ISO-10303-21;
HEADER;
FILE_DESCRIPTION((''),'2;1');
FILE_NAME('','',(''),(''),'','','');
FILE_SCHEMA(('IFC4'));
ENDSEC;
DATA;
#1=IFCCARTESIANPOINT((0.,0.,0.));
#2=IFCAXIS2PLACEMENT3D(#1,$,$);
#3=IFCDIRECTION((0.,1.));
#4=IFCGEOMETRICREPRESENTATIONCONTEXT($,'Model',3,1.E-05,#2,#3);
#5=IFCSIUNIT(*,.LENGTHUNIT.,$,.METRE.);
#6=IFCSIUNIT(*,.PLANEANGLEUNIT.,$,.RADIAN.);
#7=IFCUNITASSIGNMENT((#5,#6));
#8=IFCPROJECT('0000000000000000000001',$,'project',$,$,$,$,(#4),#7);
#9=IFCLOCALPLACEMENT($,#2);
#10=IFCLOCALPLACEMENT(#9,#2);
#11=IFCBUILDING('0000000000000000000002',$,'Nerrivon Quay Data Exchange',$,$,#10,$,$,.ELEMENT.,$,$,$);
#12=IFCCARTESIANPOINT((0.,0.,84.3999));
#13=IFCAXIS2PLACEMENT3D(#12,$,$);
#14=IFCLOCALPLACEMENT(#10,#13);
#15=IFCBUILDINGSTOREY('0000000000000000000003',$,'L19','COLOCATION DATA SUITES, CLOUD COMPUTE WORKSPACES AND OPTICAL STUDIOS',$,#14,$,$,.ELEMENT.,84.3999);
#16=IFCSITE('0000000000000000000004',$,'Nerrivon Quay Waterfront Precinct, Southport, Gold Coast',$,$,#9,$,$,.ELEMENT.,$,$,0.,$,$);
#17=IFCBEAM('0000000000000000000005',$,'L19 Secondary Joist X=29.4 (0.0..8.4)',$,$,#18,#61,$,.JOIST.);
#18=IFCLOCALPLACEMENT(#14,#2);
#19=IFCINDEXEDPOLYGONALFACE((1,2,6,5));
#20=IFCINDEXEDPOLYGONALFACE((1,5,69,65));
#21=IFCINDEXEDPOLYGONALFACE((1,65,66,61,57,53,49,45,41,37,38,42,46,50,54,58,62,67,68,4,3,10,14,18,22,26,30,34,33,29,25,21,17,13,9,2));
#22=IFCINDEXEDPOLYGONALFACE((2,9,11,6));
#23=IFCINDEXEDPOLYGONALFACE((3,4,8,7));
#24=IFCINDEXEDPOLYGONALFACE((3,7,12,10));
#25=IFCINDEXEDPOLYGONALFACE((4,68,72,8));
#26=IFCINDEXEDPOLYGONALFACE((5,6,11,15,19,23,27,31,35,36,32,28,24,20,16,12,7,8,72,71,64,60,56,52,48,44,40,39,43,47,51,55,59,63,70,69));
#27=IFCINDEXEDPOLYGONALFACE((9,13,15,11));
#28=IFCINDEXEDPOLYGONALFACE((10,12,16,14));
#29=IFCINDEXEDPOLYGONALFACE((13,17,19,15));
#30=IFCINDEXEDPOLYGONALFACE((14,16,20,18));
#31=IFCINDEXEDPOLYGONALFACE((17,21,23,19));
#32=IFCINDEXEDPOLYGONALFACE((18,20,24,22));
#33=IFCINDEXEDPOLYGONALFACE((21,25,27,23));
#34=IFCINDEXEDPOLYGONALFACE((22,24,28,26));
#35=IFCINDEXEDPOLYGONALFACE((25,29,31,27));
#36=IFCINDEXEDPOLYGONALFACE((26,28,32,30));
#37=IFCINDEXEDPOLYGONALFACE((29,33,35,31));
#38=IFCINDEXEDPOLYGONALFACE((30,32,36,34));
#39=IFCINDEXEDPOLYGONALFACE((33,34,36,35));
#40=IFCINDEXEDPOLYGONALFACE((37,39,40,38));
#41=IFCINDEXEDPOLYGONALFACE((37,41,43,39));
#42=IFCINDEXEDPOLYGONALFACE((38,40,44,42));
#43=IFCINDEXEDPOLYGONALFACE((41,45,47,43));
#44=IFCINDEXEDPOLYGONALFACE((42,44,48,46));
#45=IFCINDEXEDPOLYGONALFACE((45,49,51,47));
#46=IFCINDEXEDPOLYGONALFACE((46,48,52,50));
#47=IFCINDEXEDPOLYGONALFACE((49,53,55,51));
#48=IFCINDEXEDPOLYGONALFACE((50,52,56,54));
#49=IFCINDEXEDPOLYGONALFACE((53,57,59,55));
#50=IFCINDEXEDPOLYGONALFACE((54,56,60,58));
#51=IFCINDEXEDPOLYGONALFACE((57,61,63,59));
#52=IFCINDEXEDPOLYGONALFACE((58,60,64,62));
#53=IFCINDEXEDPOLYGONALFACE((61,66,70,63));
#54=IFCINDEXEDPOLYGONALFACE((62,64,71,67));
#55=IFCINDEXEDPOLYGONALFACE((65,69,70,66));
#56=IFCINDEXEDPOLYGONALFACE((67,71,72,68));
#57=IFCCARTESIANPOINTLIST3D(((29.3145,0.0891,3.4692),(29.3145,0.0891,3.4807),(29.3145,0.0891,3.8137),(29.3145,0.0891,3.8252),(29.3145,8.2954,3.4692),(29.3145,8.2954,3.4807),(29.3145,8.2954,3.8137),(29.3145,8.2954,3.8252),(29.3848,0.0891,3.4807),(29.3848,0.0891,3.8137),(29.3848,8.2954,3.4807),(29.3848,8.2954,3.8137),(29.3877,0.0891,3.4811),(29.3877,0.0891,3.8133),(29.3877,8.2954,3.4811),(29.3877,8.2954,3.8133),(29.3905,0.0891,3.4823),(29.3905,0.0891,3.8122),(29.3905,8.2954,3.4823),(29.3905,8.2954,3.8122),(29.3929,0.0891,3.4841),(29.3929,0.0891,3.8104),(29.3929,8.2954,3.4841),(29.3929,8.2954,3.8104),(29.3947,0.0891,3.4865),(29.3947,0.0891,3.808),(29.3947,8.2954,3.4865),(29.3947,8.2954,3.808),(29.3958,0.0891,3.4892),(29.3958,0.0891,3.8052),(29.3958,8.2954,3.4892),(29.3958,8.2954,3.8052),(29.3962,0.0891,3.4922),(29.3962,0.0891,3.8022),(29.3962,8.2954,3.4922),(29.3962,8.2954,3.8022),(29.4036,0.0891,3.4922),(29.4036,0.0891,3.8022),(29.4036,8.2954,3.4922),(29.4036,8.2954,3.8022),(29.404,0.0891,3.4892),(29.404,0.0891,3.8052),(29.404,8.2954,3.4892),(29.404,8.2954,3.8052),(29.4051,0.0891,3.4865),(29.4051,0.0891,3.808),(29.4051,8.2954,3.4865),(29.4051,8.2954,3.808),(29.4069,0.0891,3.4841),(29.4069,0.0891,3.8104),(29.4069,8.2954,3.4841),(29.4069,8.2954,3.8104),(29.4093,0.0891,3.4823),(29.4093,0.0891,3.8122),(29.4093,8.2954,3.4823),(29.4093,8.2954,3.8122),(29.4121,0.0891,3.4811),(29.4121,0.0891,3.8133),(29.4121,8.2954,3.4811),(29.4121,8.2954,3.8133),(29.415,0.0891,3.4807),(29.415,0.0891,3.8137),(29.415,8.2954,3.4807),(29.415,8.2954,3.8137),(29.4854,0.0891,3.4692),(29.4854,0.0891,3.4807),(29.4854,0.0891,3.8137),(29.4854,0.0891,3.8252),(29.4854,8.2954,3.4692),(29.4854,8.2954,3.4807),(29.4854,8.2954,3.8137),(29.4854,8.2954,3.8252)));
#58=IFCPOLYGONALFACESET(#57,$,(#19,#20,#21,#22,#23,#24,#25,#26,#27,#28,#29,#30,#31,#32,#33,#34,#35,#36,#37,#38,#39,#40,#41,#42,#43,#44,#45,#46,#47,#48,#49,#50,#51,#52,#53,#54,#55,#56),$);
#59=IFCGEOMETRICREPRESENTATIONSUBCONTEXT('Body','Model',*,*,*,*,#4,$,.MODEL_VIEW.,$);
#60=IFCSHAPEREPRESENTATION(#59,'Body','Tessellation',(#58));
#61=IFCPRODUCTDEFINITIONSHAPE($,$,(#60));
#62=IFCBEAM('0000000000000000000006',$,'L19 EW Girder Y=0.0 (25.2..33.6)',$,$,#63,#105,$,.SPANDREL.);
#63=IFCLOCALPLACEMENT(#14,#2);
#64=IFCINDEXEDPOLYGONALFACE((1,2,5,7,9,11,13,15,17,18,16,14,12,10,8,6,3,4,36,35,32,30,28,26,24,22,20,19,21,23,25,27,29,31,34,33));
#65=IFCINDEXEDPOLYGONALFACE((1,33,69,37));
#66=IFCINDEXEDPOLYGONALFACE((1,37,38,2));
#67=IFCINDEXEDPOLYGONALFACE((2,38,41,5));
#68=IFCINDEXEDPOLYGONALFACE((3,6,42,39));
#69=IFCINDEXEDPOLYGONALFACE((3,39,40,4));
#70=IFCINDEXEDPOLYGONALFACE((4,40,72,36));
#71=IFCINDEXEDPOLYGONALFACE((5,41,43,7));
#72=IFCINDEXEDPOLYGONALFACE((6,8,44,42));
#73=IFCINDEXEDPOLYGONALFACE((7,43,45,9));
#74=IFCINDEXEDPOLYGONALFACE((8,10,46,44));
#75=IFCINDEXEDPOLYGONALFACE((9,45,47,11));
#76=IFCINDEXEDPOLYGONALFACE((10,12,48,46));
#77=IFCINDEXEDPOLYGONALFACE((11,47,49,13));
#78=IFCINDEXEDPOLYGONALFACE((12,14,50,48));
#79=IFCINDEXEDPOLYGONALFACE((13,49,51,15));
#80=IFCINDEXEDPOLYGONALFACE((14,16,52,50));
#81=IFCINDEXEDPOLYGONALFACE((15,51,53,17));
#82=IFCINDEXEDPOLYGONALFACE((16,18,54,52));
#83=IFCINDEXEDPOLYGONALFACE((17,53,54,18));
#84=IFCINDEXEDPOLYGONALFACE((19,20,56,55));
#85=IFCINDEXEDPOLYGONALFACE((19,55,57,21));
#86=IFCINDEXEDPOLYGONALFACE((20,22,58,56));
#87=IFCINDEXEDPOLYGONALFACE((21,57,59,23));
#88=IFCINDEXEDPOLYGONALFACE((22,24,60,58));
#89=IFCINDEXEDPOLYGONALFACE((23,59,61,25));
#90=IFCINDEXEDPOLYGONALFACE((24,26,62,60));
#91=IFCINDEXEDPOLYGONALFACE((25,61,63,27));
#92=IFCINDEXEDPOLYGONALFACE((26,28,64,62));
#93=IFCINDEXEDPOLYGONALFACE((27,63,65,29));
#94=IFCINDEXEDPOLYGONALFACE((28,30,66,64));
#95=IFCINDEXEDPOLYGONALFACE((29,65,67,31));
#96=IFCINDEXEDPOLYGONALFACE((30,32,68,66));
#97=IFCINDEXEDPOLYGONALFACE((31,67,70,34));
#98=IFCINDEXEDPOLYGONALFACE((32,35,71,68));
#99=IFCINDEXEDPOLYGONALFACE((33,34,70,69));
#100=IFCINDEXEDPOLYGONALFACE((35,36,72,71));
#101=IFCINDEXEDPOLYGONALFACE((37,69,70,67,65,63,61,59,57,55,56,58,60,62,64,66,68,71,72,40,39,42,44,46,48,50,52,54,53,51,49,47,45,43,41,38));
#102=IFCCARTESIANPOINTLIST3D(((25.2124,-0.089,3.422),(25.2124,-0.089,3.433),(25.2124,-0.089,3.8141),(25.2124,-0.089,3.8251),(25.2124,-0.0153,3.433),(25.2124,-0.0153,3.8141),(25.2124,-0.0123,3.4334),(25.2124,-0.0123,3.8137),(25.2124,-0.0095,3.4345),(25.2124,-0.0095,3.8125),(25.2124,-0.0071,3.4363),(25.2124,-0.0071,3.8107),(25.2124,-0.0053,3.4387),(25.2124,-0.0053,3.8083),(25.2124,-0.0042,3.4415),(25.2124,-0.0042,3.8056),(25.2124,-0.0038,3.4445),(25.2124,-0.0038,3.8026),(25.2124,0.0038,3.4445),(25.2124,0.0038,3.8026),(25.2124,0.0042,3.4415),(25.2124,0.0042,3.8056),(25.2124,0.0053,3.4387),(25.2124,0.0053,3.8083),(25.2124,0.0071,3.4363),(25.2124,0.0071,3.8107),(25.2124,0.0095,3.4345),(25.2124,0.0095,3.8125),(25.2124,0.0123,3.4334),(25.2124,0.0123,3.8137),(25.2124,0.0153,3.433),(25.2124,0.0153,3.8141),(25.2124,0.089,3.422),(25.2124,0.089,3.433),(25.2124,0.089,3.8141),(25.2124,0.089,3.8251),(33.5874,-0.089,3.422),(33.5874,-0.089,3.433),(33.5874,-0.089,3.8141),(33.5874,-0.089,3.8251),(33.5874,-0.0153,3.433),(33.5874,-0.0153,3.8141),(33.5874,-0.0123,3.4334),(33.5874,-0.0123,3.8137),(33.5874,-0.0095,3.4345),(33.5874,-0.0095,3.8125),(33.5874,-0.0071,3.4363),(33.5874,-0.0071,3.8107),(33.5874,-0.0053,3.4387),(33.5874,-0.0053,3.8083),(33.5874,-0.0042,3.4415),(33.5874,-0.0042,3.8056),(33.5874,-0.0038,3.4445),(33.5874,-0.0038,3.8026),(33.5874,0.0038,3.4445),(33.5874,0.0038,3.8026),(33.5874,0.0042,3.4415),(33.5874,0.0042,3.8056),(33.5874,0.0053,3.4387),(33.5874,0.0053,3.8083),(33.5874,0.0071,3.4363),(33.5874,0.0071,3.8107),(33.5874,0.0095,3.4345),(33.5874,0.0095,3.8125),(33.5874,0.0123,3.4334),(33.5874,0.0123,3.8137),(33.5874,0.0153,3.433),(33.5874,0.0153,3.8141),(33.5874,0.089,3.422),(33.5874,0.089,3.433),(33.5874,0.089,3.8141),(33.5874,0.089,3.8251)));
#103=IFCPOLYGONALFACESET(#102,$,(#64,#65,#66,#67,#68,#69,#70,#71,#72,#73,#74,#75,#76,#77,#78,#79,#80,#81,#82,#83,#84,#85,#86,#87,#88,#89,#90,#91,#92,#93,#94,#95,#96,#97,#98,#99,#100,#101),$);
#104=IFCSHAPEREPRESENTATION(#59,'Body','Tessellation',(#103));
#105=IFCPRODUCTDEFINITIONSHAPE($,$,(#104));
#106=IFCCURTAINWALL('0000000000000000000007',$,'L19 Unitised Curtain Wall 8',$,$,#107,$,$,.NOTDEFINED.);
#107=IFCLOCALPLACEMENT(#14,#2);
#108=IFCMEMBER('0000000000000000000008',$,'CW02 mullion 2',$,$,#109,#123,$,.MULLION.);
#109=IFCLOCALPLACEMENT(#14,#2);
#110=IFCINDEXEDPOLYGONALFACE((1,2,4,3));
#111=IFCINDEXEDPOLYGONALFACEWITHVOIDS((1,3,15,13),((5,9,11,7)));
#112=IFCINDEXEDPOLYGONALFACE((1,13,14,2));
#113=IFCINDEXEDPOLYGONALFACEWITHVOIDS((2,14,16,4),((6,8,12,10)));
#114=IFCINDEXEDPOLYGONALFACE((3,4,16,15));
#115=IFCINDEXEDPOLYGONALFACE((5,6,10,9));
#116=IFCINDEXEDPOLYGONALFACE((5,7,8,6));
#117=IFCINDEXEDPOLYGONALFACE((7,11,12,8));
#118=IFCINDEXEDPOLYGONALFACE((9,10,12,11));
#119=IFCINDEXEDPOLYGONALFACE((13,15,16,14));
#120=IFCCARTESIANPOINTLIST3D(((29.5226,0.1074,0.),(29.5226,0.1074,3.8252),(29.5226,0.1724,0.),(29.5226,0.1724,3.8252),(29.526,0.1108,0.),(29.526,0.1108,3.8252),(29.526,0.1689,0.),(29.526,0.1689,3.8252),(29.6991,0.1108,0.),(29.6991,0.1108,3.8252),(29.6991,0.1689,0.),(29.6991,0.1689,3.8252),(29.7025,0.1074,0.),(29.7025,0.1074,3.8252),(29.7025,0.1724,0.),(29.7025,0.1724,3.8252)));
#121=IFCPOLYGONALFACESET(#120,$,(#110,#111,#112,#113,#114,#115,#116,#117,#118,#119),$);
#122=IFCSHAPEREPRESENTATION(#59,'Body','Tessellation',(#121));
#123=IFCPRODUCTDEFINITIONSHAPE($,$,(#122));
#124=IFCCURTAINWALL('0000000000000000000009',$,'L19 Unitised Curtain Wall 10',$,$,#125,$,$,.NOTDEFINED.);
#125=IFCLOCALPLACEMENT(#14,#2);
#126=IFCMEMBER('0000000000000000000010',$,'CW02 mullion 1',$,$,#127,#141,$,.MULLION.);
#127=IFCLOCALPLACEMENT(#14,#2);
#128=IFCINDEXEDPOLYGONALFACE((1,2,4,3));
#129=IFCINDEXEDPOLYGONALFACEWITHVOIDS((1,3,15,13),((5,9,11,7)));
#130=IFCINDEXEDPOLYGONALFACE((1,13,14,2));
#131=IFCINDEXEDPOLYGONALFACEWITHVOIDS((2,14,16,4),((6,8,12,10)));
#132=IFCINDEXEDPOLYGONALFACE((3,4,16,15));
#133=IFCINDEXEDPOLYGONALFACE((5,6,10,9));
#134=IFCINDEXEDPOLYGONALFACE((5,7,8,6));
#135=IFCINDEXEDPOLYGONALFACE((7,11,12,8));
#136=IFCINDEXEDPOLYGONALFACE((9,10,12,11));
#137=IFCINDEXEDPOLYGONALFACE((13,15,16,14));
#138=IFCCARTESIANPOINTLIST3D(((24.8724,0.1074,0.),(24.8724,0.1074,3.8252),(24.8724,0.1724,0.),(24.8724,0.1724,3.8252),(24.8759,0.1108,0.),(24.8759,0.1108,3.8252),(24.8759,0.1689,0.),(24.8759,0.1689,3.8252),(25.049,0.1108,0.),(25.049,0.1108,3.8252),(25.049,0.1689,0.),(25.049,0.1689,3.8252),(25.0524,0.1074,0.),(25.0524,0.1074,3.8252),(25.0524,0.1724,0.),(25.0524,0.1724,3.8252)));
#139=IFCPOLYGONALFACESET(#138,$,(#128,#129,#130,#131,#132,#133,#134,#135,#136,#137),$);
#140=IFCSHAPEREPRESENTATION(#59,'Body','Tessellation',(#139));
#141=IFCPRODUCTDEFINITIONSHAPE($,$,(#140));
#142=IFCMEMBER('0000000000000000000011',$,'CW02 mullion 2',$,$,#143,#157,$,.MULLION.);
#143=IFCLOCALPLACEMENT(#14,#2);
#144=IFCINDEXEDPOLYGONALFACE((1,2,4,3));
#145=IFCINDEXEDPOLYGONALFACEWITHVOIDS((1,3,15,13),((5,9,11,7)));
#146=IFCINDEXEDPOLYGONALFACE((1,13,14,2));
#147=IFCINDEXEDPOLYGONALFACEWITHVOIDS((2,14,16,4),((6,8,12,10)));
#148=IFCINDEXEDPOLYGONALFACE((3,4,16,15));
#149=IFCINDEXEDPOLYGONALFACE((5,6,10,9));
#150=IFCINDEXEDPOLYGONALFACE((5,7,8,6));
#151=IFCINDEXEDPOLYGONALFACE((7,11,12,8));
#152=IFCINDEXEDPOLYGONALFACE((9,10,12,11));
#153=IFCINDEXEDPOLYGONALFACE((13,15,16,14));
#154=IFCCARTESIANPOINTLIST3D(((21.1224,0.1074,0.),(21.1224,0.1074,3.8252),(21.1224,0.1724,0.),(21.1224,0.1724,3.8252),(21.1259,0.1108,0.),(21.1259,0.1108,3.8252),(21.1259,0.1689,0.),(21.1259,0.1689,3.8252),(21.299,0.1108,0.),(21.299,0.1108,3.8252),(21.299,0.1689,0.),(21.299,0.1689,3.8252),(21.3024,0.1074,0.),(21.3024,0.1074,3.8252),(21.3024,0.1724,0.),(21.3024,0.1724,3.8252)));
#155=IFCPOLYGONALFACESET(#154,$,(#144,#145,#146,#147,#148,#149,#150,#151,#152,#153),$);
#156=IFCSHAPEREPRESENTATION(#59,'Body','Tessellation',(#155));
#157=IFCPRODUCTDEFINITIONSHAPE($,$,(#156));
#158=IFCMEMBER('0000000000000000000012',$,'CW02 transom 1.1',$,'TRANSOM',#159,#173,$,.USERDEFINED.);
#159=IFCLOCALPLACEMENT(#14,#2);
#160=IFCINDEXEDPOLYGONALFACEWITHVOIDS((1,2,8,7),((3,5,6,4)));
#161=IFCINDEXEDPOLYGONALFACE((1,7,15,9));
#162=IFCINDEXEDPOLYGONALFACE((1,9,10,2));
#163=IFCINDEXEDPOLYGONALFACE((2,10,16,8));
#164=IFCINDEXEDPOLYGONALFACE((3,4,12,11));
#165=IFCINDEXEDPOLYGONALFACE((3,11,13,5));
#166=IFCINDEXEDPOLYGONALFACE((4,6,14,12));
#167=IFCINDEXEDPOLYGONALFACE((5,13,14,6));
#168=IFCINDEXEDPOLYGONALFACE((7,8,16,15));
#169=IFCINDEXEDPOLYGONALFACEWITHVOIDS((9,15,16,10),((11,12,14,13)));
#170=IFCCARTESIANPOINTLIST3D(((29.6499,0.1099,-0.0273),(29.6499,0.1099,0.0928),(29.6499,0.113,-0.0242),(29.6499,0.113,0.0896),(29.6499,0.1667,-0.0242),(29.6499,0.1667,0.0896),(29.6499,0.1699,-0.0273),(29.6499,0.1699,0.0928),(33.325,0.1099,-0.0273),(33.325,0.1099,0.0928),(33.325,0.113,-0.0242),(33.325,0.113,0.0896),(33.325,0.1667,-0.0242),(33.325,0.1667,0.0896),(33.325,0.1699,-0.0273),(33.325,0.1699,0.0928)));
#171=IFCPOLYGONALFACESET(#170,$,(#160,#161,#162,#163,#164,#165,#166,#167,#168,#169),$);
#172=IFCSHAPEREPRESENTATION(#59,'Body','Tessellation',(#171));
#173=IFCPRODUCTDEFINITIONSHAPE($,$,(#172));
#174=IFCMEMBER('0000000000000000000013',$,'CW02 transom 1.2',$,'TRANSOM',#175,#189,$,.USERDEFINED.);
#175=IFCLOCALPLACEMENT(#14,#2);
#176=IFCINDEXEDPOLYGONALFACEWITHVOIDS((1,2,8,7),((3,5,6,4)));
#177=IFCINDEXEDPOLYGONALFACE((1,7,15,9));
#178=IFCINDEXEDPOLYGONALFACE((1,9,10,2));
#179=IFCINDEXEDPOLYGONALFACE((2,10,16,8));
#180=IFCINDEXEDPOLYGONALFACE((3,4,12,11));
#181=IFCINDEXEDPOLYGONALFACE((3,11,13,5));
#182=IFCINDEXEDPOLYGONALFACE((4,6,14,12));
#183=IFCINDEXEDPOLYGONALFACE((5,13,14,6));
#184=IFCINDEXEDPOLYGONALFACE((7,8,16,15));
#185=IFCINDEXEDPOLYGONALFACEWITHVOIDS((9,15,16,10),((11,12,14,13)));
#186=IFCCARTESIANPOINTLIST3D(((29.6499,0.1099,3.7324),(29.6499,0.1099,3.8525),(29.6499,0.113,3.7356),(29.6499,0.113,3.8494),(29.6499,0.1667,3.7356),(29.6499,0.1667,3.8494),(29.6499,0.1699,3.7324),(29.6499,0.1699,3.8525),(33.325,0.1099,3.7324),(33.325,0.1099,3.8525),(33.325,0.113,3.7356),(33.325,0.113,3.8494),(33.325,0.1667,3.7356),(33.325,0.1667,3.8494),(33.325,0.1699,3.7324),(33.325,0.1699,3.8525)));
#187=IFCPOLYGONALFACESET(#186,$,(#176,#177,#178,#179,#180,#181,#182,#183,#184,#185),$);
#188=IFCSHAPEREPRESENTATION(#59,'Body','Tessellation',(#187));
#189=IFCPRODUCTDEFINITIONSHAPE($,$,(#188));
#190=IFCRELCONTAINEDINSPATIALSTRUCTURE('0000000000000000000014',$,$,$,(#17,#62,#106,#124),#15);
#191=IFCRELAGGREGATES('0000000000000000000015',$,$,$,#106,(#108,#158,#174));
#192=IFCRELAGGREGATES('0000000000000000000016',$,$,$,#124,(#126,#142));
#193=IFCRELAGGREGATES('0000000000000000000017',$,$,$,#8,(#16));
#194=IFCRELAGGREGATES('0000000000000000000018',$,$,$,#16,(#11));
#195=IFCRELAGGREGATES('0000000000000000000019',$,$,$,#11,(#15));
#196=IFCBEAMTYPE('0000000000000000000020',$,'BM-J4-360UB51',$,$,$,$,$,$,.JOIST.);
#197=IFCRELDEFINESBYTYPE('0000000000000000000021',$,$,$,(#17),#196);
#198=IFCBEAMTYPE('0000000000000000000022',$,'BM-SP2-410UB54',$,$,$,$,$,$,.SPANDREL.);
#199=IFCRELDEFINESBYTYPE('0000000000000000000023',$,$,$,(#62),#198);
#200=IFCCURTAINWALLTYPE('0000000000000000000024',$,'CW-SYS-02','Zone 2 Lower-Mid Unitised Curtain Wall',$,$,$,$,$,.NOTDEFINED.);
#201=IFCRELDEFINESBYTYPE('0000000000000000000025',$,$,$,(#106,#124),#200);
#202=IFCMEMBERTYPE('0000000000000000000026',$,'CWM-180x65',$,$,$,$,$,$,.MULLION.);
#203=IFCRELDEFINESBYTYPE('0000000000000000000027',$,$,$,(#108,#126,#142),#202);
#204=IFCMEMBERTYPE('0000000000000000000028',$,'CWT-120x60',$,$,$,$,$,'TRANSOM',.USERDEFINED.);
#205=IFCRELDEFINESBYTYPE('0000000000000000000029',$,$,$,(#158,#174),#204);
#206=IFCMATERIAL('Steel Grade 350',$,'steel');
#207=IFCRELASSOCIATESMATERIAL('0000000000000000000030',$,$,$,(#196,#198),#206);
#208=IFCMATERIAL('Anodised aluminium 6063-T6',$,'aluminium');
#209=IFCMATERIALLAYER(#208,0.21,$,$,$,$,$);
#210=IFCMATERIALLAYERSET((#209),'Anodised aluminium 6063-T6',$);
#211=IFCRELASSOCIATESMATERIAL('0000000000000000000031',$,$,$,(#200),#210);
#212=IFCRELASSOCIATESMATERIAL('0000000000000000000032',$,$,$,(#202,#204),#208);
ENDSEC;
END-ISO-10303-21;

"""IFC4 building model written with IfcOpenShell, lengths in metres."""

from ifc_helpers import new_model, si_unit, direction, frame, origin, origin_2d, place, context, subcontext, project, spatial, hollow_rectangle, i_section, extrude, material, layer, layer_set, material_profile, profile_set, type_object, element, aggregate, save


model = new_model("IFC4")

# Units and contexts
model_context = context("Model", 3, precision=1e-05, world=origin(), true_north=direction((0.0, 1.0)))
body_context = subcontext(model_context, "Body", "Model", "MODEL_VIEW")
ifc_project = project(units=[si_unit("LENGTHUNIT", "METRE"), si_unit("PLANEANGLEUNIT", "RADIAN")], contexts=[model_context])

# Site, building, storey
site_placement = place(None, origin())
site = spatial("IfcSite", under=ifc_project, at=site_placement, Name="Nerrivon Quay Waterfront Precinct, Southport, Gold Coast", CompositionType="ELEMENT", RefElevation=0.0)
building_placement = place(site_placement, origin())
building = spatial("IfcBuilding", under=site, at=building_placement, Name="Nerrivon Quay Data Exchange", CompositionType="ELEMENT")
storey_placement = place(building_placement, frame((0.0, 0.0, 84.3999)))
storey = spatial("IfcBuildingStorey", under=building, at=storey_placement, Name="L19", Description="COLOCATION DATA SUITES, CLOUD COMPUTE WORKSPACES AND OPTICAL STUDIOS", CompositionType="ELEMENT", Elevation=84.3999)

# Shared definitions
ifc_material_1 = material(Name="Steel Grade 350", Category="steel")

# Beams
ifc_material_profile_1 = material_profile(ifc_material_1, i_section(OverallWidth=0.1709, OverallDepth=0.356, WebThickness=0.0073, FlangeThickness=0.0115, FilletRadius=0.0115, at=origin_2d()), Name="360UB50.7")
ifc_profile_set_1 = profile_set([ifc_material_profile_1], Name="Steel Grade 350")
beam_type_1 = type_object("IfcBeamType", Name="BM-J4-360UB51", PredefinedType="JOIST", material=ifc_profile_set_1)
for number, where, z_axis, x_axis, name in (
    (1, (29.3999, 0.0891, 3.6472), (0.0, 1.0, 0.0), (-1.0, 0.0, 0.0), "L19 Secondary Joist X=29.4 (0.0..8.4)"),
):
    element("IfcBeam", number, at=place(storey_placement, frame(where, z_axis=z_axis, x_axis=x_axis)), inside=storey, type_object=beam_type_1, Name=name, PredefinedType="JOIST", context=body_context, shape_type="SweptSolid", body=[
        extrude(i_section(OverallWidth=0.1709, OverallDepth=0.356, WebThickness=0.0073, FlangeThickness=0.0115, FilletRadius=0.0115, at=origin_2d()), origin(), (0.0, 0.0, 1.0), 8.2063),
    ])
ifc_material_profile_2 = material_profile(ifc_material_1, i_section(OverallWidth=0.178, OverallDepth=0.4031, WebThickness=0.0076, FlangeThickness=0.011, FilletRadius=0.0115, at=origin_2d()), Name="410UB53.7")
ifc_profile_set_2 = profile_set([ifc_material_profile_2], Name="Steel Grade 350")
beam_type_2 = type_object("IfcBeamType", Name="BM-SP2-410UB54", PredefinedType="SPANDREL", material=ifc_profile_set_2)
beam_1_placement = place(storey_placement, frame((25.2124, 0.0, 3.6235), z_axis=(1.0, 0.0, 0.0), x_axis=(0.0, 1.0, 0.0)))
element("IfcBeam", 2, at=beam_1_placement, inside=storey, type_object=beam_type_2, Name="L19 EW Girder Y=0.0 (25.2..33.6)", PredefinedType="SPANDREL", context=body_context, shape_type="SweptSolid", body=[
    extrude(i_section(OverallWidth=0.178, OverallDepth=0.4031, WebThickness=0.0076, FlangeThickness=0.011, FilletRadius=0.0115, at=origin_2d()), origin(), (0.0, 0.0, 1.0), 8.375),
])

# Curtain wall, member
ifc_material_2 = material(Name="Anodised aluminium 6063-T6", Category="aluminium")
ifc_layer_1 = layer(ifc_material_2, 0.21)
ifc_layer_set_1 = layer_set([ifc_layer_1], Name="Anodised aluminium 6063-T6")
curtain_wall_type = type_object("IfcCurtainWallType", Name="CW-SYS-02", Description="Zone 2 Lower-Mid Unitised Curtain Wall", PredefinedType="NOTDEFINED", material=ifc_layer_set_1)
curtain_wall_1_placement = place(storey_placement, origin())
curtain_wall_1 = element("IfcCurtainWall", 3, at=curtain_wall_1_placement, inside=storey, type_object=curtain_wall_type, Name="L19 Unitised Curtain Wall 8", PredefinedType="NOTDEFINED")
ifc_material_profile_3 = material_profile(ifc_material_2, hollow_rectangle(XDim=0.0649, YDim=0.1799, WallThickness=0.0034, at=origin_2d()), Name="ALU-MULL-180x65")
ifc_profile_set_3 = profile_set([ifc_material_profile_3], Name="Anodised aluminium 6063-T6")
member_type_1 = type_object("IfcMemberType", Name="CWM-180x65", PredefinedType="MULLION", material=ifc_profile_set_3)
member_1_placement = place(storey_placement, frame((29.6125, 0.1399, 0.0), z_axis=(0.0, 0.0, 1.0), x_axis=(0.0, -1.0, 0.0)))
member_1 = element("IfcMember", 4, at=member_1_placement, type_object=member_type_1, Name="CW02 mullion 2", PredefinedType="MULLION", context=body_context, shape_type="SweptSolid", body=[
    extrude(hollow_rectangle(XDim=0.0649, YDim=0.1799, WallThickness=0.0034, at=origin_2d()), origin(), (0.0, 0.0, 1.0), 3.8252),
])

# Curtain wall, members
curtain_wall_2_placement = place(storey_placement, origin())
curtain_wall_2 = element("IfcCurtainWall", 5, at=curtain_wall_2_placement, inside=storey, type_object=curtain_wall_type, Name="L19 Unitised Curtain Wall 10", PredefinedType="NOTDEFINED")
member_2_placement = place(storey_placement, frame((24.9624, 0.1399, 0.0), z_axis=(0.0, 0.0, 1.0), x_axis=(0.0, -1.0, 0.0)))
member_2 = element("IfcMember", 6, at=member_2_placement, type_object=member_type_1, Name="CW02 mullion 1", PredefinedType="MULLION", context=body_context, shape_type="SweptSolid", body=[
    extrude(hollow_rectangle(XDim=0.0649, YDim=0.1799, WallThickness=0.0034, at=origin_2d()), origin(), (0.0, 0.0, 1.0), 3.8252),
])
member_3_placement = place(storey_placement, frame((21.2124, 0.1399, 0.0), z_axis=(0.0, 0.0, 1.0), x_axis=(0.0, -1.0, 0.0)))
member_3 = element("IfcMember", 7, at=member_3_placement, type_object=member_type_1, Name="CW02 mullion 2", PredefinedType="MULLION", context=body_context, shape_type="SweptSolid", body=[
    extrude(hollow_rectangle(XDim=0.0649, YDim=0.1799, WallThickness=0.0034, at=origin_2d()), origin(), (0.0, 0.0, 1.0), 3.8252),
])

# Members
ifc_material_profile_4 = material_profile(ifc_material_2, hollow_rectangle(XDim=0.0601, YDim=0.1201, WallThickness=0.0032, at=origin_2d()), Name="ALU-TRAN-120x60")
ifc_profile_set_4 = profile_set([ifc_material_profile_4], Name="Anodised aluminium 6063-T6")
member_type_2 = type_object("IfcMemberType", Name="CWT-120x60", ElementType="TRANSOM", PredefinedType="USERDEFINED", material=ifc_profile_set_4)
member_4_placement = place(storey_placement, frame((33.325, 0.1399, 0.0327), z_axis=(-1.0, 0.0, 0.0), x_axis=(0.0, -1.0, 0.0)))
member_4 = element("IfcMember", 8, at=member_4_placement, type_object=member_type_2, Name="CW02 transom 1.1", ObjectType="TRANSOM", PredefinedType="USERDEFINED", context=body_context, shape_type="SweptSolid", body=[
    extrude(hollow_rectangle(XDim=0.0601, YDim=0.1201, WallThickness=0.0032, at=origin_2d()), origin(), (0.0, 0.0, 1.0), 3.675),
])
member_5_placement = place(storey_placement, frame((33.325, 0.1399, 3.7925), z_axis=(-1.0, 0.0, 0.0), x_axis=(0.0, -1.0, 0.0)))
member_5 = element("IfcMember", 9, at=member_5_placement, type_object=member_type_2, Name="CW02 transom 1.2", ObjectType="TRANSOM", PredefinedType="USERDEFINED", context=body_context, shape_type="SweptSolid", body=[
    extrude(hollow_rectangle(XDim=0.0601, YDim=0.1201, WallThickness=0.0032, at=origin_2d()), origin(), (0.0, 0.0, 1.0), 3.675),
])

aggregate(curtain_wall_1, [member_1, member_4, member_5])
aggregate(curtain_wall_2, [member_2, member_3])

save(model, "model.ifc")
